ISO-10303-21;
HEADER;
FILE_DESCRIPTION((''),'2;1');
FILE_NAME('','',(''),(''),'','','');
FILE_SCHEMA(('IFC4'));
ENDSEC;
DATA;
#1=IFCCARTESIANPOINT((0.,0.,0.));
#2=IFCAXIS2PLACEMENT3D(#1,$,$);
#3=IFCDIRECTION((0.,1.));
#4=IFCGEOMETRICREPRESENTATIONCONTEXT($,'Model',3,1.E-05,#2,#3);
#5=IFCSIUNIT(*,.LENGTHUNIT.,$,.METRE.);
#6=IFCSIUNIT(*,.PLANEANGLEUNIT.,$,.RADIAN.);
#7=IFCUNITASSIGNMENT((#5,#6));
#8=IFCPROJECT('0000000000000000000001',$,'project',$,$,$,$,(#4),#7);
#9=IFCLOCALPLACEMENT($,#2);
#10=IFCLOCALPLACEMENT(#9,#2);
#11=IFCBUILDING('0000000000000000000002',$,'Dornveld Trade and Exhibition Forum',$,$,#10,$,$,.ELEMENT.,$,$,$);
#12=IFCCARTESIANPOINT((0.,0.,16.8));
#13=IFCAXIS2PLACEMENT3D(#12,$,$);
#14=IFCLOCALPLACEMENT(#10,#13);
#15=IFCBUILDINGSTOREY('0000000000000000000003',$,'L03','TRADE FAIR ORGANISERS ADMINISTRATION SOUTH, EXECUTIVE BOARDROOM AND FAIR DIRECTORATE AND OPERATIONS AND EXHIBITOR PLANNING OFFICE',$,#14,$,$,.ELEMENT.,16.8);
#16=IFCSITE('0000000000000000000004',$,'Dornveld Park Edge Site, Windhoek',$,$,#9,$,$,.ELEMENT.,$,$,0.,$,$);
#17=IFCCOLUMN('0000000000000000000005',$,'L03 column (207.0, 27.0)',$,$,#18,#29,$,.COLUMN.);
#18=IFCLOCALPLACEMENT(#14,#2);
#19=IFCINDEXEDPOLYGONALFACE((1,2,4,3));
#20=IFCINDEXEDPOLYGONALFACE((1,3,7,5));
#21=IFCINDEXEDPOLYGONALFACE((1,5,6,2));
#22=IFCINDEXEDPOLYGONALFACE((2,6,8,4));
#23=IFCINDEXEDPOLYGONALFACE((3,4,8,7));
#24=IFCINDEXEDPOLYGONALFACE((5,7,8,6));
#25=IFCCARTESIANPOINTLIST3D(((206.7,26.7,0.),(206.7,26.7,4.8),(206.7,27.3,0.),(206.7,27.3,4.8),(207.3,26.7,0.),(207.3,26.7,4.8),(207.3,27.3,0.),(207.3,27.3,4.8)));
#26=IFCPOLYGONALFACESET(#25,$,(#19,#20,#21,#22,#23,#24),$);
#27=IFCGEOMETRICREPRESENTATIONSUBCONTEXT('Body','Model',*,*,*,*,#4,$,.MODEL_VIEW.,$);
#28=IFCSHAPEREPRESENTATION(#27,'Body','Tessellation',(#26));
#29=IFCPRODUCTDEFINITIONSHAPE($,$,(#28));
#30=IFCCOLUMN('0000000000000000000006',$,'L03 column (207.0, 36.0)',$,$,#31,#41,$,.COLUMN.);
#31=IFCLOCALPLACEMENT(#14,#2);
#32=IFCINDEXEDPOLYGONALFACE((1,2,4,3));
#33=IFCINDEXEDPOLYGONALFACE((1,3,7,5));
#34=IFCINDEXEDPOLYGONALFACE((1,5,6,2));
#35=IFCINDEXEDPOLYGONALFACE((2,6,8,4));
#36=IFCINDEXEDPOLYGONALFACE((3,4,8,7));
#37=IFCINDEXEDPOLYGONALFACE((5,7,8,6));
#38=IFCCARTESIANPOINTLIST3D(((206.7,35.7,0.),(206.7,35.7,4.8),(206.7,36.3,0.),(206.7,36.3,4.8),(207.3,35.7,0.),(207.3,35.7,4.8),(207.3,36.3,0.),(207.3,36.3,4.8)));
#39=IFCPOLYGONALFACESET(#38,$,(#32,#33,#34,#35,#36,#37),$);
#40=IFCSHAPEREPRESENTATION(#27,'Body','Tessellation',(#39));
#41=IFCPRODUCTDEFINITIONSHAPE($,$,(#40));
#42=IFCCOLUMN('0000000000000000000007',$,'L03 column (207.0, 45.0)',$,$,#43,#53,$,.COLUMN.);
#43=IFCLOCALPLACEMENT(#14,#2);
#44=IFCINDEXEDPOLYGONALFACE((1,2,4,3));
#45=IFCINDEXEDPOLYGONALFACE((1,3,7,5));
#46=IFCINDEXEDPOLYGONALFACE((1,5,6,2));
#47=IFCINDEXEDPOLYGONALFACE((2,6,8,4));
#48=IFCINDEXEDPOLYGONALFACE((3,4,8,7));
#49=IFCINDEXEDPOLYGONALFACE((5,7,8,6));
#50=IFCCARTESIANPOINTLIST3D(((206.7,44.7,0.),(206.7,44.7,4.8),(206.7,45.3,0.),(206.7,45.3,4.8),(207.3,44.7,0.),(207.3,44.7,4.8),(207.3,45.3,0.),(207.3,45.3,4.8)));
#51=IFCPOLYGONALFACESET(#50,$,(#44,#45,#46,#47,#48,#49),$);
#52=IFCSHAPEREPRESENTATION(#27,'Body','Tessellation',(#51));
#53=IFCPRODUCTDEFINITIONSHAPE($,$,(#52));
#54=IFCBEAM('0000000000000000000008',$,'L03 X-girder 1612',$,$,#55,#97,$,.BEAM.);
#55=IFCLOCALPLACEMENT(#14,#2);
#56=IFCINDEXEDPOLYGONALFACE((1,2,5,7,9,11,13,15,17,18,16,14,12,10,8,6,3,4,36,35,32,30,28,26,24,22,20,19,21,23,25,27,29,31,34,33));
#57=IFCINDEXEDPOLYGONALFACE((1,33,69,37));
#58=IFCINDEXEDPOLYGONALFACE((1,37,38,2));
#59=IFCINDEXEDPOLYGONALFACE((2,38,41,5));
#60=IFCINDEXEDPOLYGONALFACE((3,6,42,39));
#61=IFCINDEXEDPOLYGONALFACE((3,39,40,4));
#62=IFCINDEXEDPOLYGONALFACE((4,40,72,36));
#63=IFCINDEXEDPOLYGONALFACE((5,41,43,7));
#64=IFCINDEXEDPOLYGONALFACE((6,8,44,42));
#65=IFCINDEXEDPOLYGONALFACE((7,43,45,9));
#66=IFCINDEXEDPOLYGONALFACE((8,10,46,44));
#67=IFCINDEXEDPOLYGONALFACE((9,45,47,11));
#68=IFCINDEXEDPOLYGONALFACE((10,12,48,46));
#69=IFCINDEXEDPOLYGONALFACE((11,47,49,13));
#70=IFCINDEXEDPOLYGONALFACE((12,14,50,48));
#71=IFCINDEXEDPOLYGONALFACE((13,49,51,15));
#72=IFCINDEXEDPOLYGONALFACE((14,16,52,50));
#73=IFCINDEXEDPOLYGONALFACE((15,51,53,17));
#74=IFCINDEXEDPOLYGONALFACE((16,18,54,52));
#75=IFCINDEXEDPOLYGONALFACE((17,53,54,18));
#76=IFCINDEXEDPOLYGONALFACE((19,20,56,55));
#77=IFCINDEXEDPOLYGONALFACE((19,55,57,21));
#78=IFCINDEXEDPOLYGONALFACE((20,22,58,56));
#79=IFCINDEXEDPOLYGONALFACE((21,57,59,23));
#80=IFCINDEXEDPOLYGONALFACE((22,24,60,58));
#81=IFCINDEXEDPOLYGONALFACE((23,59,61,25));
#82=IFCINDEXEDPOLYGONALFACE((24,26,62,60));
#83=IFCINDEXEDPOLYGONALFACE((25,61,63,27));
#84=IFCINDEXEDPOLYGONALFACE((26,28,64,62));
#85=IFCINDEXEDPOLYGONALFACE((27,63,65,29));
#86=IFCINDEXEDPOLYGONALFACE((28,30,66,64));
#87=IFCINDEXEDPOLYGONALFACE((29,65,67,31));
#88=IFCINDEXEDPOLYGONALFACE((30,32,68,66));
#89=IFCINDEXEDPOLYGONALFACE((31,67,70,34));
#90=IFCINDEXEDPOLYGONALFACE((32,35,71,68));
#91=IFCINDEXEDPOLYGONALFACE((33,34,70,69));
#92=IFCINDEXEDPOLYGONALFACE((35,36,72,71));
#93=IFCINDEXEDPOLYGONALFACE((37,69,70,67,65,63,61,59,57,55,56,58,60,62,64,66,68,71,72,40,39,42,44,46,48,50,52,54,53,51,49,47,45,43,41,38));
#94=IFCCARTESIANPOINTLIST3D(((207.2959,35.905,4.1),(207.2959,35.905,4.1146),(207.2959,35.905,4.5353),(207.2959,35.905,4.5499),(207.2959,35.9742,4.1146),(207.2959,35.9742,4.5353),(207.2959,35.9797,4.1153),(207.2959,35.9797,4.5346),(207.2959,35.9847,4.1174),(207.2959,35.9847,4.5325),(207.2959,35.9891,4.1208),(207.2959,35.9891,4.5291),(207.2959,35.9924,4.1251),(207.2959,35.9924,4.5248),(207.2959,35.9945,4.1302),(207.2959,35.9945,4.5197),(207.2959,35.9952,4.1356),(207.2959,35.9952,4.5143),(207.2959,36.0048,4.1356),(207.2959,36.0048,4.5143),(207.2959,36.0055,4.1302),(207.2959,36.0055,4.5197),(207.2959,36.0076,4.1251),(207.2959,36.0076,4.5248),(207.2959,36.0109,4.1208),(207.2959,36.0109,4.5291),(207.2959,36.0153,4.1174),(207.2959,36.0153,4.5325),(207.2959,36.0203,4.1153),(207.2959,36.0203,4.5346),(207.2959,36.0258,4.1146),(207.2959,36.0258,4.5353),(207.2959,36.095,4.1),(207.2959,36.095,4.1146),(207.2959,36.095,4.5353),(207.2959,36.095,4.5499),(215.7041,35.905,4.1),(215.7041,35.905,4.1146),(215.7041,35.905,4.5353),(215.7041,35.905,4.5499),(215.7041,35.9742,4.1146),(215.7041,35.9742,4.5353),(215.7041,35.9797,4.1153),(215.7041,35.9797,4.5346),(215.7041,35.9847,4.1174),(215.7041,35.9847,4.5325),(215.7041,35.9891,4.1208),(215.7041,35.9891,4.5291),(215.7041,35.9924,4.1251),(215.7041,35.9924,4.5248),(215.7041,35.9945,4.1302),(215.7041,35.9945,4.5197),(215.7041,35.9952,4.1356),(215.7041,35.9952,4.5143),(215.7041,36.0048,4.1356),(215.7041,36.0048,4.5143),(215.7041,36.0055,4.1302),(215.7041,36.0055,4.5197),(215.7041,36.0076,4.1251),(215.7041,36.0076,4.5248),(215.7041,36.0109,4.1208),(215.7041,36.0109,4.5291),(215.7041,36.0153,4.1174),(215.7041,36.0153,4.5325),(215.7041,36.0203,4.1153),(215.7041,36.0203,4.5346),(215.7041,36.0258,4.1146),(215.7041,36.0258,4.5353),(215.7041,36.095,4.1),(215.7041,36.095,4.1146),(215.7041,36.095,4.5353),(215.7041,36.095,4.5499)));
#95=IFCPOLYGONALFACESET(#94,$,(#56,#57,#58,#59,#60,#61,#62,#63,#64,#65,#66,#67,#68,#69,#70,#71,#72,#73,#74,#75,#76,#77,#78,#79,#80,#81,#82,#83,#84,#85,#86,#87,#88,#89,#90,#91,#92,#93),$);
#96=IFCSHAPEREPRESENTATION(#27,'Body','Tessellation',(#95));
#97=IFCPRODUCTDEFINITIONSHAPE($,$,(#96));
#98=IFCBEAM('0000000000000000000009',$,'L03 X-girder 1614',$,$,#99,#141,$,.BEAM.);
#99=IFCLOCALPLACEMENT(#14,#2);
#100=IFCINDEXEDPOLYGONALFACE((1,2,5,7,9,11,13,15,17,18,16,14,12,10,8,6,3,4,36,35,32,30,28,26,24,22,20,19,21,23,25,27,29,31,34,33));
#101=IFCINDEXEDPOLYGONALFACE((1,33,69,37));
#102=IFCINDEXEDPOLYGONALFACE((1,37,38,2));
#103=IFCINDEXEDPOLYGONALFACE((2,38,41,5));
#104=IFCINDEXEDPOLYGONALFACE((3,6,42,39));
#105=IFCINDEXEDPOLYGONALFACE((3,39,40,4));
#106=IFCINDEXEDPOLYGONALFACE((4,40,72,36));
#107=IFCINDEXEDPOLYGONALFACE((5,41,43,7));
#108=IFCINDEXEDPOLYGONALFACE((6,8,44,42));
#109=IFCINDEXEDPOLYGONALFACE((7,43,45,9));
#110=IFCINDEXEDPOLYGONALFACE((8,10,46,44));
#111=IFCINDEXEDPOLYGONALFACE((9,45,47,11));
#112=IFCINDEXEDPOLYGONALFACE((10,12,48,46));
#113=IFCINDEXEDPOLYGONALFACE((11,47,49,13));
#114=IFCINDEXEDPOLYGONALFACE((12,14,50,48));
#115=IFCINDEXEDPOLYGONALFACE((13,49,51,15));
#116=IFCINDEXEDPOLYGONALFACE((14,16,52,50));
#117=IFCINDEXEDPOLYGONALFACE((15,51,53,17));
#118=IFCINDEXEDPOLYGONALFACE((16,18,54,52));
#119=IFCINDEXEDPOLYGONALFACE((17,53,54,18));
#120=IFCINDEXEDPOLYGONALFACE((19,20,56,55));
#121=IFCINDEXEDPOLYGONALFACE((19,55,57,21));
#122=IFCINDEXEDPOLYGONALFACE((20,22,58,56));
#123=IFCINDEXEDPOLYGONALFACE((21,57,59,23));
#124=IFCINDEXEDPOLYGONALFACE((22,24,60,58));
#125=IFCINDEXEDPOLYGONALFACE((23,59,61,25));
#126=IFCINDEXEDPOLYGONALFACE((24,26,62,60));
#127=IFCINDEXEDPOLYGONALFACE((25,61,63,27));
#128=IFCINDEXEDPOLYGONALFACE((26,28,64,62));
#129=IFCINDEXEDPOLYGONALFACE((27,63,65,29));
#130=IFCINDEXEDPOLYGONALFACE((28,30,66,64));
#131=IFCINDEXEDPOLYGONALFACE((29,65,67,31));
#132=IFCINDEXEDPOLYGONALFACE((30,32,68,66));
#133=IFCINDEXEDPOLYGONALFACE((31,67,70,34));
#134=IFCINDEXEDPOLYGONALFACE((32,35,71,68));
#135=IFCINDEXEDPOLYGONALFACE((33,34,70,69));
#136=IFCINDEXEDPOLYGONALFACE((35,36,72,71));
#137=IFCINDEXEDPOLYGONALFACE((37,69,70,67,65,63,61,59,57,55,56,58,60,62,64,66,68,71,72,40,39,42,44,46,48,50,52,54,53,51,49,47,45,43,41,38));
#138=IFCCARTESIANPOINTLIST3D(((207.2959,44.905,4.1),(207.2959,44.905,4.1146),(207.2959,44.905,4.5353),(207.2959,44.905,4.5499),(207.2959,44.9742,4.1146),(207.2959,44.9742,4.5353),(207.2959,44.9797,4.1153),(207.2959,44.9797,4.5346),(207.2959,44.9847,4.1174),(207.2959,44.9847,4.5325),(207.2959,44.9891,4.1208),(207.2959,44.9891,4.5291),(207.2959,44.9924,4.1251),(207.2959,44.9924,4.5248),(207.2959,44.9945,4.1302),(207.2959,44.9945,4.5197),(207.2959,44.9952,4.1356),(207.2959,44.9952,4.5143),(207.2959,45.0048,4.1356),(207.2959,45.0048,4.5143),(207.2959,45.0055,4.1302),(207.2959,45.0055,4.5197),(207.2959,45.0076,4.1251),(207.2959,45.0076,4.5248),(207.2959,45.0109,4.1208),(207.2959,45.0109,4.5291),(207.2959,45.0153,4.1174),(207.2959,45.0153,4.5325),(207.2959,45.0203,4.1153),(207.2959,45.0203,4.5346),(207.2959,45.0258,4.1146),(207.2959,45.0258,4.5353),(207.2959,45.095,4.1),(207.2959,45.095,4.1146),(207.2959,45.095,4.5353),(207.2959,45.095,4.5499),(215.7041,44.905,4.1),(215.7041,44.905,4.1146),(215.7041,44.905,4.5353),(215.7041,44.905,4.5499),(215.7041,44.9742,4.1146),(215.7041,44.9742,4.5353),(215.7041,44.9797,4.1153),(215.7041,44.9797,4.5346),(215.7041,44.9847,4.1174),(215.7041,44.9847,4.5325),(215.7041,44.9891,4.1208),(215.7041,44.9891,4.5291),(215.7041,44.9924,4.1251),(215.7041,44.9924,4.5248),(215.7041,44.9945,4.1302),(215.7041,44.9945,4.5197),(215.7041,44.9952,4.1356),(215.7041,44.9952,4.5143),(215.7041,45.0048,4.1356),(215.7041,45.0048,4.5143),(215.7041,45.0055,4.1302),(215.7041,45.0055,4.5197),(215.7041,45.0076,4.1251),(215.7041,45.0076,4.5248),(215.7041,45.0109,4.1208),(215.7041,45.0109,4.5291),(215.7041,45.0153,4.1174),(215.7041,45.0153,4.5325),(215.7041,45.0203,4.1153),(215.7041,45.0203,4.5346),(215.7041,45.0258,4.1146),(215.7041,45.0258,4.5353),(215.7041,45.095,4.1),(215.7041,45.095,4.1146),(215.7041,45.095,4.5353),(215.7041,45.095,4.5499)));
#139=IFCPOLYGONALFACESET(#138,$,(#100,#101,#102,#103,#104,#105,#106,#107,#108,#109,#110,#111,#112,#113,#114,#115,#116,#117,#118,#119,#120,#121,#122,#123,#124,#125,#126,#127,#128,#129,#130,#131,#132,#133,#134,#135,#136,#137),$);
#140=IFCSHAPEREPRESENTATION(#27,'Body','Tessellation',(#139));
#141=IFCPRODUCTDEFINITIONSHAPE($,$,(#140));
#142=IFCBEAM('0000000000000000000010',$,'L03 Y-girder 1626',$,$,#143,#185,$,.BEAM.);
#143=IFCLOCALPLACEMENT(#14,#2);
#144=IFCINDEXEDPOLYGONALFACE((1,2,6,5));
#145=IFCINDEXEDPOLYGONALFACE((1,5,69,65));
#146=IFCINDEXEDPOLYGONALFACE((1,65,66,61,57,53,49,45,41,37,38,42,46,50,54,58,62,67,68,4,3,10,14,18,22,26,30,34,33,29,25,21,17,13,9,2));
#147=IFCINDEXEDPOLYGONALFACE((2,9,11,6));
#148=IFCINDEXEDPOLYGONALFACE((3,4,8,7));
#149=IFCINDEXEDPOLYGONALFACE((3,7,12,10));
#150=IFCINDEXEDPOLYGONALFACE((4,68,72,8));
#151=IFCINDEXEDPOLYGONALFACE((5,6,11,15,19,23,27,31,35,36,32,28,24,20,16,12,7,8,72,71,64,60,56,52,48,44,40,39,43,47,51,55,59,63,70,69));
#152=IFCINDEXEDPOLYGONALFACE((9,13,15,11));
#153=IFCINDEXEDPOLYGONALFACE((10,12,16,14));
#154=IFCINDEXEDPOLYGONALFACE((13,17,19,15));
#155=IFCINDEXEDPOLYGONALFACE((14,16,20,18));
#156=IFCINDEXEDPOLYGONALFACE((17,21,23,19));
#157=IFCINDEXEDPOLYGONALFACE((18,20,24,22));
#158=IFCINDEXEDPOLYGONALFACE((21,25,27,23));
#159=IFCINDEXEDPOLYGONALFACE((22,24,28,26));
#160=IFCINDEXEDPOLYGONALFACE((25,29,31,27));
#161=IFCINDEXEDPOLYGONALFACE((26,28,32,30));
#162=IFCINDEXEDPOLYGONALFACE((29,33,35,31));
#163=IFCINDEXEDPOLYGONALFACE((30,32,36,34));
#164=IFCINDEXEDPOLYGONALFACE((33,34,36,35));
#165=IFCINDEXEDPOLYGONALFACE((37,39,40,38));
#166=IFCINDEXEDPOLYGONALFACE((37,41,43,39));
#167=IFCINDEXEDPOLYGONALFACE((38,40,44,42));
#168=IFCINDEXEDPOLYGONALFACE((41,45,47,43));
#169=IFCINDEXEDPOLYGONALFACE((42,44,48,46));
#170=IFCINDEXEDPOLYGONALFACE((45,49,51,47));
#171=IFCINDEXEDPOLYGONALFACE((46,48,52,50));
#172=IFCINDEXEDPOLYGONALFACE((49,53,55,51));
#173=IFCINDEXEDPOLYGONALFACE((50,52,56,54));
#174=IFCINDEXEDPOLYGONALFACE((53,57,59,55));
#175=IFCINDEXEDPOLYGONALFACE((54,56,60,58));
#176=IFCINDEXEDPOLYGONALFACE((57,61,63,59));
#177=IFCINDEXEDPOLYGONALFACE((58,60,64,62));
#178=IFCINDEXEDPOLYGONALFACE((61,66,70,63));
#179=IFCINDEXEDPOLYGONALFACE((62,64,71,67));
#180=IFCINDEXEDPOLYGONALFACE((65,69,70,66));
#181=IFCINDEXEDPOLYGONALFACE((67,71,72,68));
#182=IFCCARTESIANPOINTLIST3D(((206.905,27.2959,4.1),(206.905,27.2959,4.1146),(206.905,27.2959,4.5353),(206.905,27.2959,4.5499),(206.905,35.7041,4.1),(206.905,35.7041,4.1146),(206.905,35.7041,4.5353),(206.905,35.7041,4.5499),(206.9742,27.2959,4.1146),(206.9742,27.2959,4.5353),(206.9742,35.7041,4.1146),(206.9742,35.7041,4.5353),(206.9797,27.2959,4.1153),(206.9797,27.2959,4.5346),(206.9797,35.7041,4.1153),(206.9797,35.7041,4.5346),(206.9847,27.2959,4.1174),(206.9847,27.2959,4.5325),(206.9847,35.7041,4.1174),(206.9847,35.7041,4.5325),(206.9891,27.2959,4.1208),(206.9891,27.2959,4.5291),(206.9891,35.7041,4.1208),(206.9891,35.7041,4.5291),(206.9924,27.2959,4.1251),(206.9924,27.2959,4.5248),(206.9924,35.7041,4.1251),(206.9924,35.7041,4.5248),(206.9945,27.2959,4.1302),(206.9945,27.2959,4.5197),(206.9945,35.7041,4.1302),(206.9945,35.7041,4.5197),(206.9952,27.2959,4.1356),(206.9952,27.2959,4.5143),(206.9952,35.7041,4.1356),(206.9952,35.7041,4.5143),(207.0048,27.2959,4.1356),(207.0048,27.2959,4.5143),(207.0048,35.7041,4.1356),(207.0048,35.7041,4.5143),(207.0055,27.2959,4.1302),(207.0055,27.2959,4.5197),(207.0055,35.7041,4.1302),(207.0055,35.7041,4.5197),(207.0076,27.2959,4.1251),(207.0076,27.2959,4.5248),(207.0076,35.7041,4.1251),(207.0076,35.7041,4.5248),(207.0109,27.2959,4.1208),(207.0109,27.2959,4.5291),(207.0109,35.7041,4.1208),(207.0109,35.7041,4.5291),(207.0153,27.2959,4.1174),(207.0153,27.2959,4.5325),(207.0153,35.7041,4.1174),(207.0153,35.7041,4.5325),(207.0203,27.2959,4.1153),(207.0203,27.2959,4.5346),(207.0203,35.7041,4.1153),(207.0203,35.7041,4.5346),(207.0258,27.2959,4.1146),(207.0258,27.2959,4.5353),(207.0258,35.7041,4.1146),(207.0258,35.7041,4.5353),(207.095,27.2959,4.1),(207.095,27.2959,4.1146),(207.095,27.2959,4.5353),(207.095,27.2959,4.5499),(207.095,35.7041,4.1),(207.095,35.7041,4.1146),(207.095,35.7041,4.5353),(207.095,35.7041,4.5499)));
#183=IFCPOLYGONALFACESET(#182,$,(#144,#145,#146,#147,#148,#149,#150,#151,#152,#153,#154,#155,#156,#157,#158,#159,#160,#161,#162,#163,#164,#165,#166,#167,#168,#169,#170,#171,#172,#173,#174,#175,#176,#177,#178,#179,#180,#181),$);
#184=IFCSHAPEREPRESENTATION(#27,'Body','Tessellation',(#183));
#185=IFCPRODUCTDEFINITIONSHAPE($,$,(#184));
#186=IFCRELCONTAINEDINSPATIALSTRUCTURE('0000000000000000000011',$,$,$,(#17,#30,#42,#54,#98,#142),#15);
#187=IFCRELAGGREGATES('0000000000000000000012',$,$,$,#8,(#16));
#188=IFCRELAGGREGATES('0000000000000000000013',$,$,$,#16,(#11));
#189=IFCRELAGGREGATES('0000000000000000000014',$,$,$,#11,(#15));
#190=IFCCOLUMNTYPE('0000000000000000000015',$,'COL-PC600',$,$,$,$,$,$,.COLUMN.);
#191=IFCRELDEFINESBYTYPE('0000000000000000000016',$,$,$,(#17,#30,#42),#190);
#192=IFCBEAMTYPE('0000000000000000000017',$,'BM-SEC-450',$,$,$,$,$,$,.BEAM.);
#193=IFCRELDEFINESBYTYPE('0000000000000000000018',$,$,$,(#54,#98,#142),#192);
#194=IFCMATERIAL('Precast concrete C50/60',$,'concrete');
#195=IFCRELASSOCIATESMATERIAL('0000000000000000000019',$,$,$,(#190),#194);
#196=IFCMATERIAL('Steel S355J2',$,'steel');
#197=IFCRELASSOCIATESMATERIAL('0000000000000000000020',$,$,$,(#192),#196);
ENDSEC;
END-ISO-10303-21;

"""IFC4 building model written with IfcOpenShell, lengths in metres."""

from ifc_helpers import new_model, si_unit, direction, frame, origin, origin_2d, place, context, subcontext, project, spatial, rectangle, i_section, extrude, material, material_profile, profile_set, type_object, element, save


model = new_model("IFC4")

# Units and contexts
model_context = context("Model", 3, precision=1e-05, world=origin(), true_north=direction((0.0, 1.0)))
body_context = subcontext(model_context, "Body", "Model", "MODEL_VIEW")
ifc_project = project(units=[si_unit("LENGTHUNIT", "METRE"), si_unit("PLANEANGLEUNIT", "RADIAN")], contexts=[model_context])

# Site, building, storey
site_placement = place(None, origin())
site = spatial("IfcSite", under=ifc_project, at=site_placement, Name="Dornveld Park Edge Site, Windhoek", CompositionType="ELEMENT", RefElevation=0.0)
building_placement = place(site_placement, origin())
building = spatial("IfcBuilding", under=site, at=building_placement, Name="Dornveld Trade and Exhibition Forum", CompositionType="ELEMENT")
storey_placement = place(building_placement, frame((0.0, 0.0, 16.8)))
storey = spatial("IfcBuildingStorey", under=building, at=storey_placement, Name="L03", Description="TRADE FAIR ORGANISERS ADMINISTRATION SOUTH, EXECUTIVE BOARDROOM AND FAIR DIRECTORATE AND OPERATIONS AND EXHIBITOR PLANNING OFFICE", CompositionType="ELEMENT", Elevation=16.8)

# Columns
ifc_material_1 = material(Name="Precast concrete C50/60", Category="concrete")
ifc_material_profile_1 = material_profile(ifc_material_1, rectangle(XDim=0.6001, YDim=0.6001, at=origin_2d()), Name="PC-COL 600x600")
ifc_profile_set_1 = profile_set([ifc_material_profile_1], Name="Precast concrete C50/60")
column_type = type_object("IfcColumnType", Name="COL-PC600", PredefinedType="COLUMN", material=ifc_profile_set_1)
for number, where, z_axis, x_axis, name in (
    (1, (207.0, 27.0, 0.0), (0.0, 0.0, 1.0), (1.0, 0.0, 0.0), "L03 column (207.0, 27.0)"),
    (2, (207.0, 36.0, 0.0), (0.0, 0.0, 1.0), (1.0, 0.0, 0.0), "L03 column (207.0, 36.0)"),
    (3, (207.0, 45.0, 0.0), (0.0, 0.0, 1.0), (1.0, 0.0, 0.0), "L03 column (207.0, 45.0)"),
):
    element("IfcColumn", number, at=place(storey_placement, frame(where, z_axis=z_axis, x_axis=x_axis)), inside=storey, type_object=column_type, Name=name, PredefinedType="COLUMN", context=body_context, shape_type="SweptSolid", body=[
        extrude(rectangle(XDim=0.6001, YDim=0.6001, at=origin_2d()), origin(), (0.0, 0.0, 1.0), 4.8),
    ])

# Beams
ifc_material_2 = material(Name="Steel S355J2", Category="steel")
ifc_material_profile_2 = material_profile(ifc_material_2, i_section(OverallWidth=0.1899, OverallDepth=0.45, WebThickness=0.0095, FlangeThickness=0.0146, FilletRadius=0.021, at=origin_2d()), Name="IPE 450")
ifc_profile_set_2 = profile_set([ifc_material_profile_2], Name="Steel S355J2")
beam_type = type_object("IfcBeamType", Name="BM-SEC-450", PredefinedType="BEAM", material=ifc_profile_set_2)
for number, where, z_axis, x_axis, name in (
    (4, (207.2959, 36.0, 4.325), (1.0, 0.0, 0.0), (0.0, 1.0, 0.0), "L03 X-girder 1612"),
    (5, (207.2959, 45.0, 4.325), (1.0, 0.0, 0.0), (0.0, 1.0, 0.0), "L03 X-girder 1614"),
    (6, (207.0, 27.2959, 4.325), (0.0, 1.0, 0.0), (-1.0, 0.0, 0.0), "L03 Y-girder 1626"),
):
    element("IfcBeam", number, at=place(storey_placement, frame(where, z_axis=z_axis, x_axis=x_axis)), inside=storey, type_object=beam_type, Name=name, PredefinedType="BEAM", context=body_context, shape_type="SweptSolid", body=[
        extrude(i_section(OverallWidth=0.1899, OverallDepth=0.45, WebThickness=0.0095, FlangeThickness=0.0146, FilletRadius=0.021, at=origin_2d()), origin(), (0.0, 0.0, 1.0), 8.4082),
    ])

save(model, "model.ifc")
